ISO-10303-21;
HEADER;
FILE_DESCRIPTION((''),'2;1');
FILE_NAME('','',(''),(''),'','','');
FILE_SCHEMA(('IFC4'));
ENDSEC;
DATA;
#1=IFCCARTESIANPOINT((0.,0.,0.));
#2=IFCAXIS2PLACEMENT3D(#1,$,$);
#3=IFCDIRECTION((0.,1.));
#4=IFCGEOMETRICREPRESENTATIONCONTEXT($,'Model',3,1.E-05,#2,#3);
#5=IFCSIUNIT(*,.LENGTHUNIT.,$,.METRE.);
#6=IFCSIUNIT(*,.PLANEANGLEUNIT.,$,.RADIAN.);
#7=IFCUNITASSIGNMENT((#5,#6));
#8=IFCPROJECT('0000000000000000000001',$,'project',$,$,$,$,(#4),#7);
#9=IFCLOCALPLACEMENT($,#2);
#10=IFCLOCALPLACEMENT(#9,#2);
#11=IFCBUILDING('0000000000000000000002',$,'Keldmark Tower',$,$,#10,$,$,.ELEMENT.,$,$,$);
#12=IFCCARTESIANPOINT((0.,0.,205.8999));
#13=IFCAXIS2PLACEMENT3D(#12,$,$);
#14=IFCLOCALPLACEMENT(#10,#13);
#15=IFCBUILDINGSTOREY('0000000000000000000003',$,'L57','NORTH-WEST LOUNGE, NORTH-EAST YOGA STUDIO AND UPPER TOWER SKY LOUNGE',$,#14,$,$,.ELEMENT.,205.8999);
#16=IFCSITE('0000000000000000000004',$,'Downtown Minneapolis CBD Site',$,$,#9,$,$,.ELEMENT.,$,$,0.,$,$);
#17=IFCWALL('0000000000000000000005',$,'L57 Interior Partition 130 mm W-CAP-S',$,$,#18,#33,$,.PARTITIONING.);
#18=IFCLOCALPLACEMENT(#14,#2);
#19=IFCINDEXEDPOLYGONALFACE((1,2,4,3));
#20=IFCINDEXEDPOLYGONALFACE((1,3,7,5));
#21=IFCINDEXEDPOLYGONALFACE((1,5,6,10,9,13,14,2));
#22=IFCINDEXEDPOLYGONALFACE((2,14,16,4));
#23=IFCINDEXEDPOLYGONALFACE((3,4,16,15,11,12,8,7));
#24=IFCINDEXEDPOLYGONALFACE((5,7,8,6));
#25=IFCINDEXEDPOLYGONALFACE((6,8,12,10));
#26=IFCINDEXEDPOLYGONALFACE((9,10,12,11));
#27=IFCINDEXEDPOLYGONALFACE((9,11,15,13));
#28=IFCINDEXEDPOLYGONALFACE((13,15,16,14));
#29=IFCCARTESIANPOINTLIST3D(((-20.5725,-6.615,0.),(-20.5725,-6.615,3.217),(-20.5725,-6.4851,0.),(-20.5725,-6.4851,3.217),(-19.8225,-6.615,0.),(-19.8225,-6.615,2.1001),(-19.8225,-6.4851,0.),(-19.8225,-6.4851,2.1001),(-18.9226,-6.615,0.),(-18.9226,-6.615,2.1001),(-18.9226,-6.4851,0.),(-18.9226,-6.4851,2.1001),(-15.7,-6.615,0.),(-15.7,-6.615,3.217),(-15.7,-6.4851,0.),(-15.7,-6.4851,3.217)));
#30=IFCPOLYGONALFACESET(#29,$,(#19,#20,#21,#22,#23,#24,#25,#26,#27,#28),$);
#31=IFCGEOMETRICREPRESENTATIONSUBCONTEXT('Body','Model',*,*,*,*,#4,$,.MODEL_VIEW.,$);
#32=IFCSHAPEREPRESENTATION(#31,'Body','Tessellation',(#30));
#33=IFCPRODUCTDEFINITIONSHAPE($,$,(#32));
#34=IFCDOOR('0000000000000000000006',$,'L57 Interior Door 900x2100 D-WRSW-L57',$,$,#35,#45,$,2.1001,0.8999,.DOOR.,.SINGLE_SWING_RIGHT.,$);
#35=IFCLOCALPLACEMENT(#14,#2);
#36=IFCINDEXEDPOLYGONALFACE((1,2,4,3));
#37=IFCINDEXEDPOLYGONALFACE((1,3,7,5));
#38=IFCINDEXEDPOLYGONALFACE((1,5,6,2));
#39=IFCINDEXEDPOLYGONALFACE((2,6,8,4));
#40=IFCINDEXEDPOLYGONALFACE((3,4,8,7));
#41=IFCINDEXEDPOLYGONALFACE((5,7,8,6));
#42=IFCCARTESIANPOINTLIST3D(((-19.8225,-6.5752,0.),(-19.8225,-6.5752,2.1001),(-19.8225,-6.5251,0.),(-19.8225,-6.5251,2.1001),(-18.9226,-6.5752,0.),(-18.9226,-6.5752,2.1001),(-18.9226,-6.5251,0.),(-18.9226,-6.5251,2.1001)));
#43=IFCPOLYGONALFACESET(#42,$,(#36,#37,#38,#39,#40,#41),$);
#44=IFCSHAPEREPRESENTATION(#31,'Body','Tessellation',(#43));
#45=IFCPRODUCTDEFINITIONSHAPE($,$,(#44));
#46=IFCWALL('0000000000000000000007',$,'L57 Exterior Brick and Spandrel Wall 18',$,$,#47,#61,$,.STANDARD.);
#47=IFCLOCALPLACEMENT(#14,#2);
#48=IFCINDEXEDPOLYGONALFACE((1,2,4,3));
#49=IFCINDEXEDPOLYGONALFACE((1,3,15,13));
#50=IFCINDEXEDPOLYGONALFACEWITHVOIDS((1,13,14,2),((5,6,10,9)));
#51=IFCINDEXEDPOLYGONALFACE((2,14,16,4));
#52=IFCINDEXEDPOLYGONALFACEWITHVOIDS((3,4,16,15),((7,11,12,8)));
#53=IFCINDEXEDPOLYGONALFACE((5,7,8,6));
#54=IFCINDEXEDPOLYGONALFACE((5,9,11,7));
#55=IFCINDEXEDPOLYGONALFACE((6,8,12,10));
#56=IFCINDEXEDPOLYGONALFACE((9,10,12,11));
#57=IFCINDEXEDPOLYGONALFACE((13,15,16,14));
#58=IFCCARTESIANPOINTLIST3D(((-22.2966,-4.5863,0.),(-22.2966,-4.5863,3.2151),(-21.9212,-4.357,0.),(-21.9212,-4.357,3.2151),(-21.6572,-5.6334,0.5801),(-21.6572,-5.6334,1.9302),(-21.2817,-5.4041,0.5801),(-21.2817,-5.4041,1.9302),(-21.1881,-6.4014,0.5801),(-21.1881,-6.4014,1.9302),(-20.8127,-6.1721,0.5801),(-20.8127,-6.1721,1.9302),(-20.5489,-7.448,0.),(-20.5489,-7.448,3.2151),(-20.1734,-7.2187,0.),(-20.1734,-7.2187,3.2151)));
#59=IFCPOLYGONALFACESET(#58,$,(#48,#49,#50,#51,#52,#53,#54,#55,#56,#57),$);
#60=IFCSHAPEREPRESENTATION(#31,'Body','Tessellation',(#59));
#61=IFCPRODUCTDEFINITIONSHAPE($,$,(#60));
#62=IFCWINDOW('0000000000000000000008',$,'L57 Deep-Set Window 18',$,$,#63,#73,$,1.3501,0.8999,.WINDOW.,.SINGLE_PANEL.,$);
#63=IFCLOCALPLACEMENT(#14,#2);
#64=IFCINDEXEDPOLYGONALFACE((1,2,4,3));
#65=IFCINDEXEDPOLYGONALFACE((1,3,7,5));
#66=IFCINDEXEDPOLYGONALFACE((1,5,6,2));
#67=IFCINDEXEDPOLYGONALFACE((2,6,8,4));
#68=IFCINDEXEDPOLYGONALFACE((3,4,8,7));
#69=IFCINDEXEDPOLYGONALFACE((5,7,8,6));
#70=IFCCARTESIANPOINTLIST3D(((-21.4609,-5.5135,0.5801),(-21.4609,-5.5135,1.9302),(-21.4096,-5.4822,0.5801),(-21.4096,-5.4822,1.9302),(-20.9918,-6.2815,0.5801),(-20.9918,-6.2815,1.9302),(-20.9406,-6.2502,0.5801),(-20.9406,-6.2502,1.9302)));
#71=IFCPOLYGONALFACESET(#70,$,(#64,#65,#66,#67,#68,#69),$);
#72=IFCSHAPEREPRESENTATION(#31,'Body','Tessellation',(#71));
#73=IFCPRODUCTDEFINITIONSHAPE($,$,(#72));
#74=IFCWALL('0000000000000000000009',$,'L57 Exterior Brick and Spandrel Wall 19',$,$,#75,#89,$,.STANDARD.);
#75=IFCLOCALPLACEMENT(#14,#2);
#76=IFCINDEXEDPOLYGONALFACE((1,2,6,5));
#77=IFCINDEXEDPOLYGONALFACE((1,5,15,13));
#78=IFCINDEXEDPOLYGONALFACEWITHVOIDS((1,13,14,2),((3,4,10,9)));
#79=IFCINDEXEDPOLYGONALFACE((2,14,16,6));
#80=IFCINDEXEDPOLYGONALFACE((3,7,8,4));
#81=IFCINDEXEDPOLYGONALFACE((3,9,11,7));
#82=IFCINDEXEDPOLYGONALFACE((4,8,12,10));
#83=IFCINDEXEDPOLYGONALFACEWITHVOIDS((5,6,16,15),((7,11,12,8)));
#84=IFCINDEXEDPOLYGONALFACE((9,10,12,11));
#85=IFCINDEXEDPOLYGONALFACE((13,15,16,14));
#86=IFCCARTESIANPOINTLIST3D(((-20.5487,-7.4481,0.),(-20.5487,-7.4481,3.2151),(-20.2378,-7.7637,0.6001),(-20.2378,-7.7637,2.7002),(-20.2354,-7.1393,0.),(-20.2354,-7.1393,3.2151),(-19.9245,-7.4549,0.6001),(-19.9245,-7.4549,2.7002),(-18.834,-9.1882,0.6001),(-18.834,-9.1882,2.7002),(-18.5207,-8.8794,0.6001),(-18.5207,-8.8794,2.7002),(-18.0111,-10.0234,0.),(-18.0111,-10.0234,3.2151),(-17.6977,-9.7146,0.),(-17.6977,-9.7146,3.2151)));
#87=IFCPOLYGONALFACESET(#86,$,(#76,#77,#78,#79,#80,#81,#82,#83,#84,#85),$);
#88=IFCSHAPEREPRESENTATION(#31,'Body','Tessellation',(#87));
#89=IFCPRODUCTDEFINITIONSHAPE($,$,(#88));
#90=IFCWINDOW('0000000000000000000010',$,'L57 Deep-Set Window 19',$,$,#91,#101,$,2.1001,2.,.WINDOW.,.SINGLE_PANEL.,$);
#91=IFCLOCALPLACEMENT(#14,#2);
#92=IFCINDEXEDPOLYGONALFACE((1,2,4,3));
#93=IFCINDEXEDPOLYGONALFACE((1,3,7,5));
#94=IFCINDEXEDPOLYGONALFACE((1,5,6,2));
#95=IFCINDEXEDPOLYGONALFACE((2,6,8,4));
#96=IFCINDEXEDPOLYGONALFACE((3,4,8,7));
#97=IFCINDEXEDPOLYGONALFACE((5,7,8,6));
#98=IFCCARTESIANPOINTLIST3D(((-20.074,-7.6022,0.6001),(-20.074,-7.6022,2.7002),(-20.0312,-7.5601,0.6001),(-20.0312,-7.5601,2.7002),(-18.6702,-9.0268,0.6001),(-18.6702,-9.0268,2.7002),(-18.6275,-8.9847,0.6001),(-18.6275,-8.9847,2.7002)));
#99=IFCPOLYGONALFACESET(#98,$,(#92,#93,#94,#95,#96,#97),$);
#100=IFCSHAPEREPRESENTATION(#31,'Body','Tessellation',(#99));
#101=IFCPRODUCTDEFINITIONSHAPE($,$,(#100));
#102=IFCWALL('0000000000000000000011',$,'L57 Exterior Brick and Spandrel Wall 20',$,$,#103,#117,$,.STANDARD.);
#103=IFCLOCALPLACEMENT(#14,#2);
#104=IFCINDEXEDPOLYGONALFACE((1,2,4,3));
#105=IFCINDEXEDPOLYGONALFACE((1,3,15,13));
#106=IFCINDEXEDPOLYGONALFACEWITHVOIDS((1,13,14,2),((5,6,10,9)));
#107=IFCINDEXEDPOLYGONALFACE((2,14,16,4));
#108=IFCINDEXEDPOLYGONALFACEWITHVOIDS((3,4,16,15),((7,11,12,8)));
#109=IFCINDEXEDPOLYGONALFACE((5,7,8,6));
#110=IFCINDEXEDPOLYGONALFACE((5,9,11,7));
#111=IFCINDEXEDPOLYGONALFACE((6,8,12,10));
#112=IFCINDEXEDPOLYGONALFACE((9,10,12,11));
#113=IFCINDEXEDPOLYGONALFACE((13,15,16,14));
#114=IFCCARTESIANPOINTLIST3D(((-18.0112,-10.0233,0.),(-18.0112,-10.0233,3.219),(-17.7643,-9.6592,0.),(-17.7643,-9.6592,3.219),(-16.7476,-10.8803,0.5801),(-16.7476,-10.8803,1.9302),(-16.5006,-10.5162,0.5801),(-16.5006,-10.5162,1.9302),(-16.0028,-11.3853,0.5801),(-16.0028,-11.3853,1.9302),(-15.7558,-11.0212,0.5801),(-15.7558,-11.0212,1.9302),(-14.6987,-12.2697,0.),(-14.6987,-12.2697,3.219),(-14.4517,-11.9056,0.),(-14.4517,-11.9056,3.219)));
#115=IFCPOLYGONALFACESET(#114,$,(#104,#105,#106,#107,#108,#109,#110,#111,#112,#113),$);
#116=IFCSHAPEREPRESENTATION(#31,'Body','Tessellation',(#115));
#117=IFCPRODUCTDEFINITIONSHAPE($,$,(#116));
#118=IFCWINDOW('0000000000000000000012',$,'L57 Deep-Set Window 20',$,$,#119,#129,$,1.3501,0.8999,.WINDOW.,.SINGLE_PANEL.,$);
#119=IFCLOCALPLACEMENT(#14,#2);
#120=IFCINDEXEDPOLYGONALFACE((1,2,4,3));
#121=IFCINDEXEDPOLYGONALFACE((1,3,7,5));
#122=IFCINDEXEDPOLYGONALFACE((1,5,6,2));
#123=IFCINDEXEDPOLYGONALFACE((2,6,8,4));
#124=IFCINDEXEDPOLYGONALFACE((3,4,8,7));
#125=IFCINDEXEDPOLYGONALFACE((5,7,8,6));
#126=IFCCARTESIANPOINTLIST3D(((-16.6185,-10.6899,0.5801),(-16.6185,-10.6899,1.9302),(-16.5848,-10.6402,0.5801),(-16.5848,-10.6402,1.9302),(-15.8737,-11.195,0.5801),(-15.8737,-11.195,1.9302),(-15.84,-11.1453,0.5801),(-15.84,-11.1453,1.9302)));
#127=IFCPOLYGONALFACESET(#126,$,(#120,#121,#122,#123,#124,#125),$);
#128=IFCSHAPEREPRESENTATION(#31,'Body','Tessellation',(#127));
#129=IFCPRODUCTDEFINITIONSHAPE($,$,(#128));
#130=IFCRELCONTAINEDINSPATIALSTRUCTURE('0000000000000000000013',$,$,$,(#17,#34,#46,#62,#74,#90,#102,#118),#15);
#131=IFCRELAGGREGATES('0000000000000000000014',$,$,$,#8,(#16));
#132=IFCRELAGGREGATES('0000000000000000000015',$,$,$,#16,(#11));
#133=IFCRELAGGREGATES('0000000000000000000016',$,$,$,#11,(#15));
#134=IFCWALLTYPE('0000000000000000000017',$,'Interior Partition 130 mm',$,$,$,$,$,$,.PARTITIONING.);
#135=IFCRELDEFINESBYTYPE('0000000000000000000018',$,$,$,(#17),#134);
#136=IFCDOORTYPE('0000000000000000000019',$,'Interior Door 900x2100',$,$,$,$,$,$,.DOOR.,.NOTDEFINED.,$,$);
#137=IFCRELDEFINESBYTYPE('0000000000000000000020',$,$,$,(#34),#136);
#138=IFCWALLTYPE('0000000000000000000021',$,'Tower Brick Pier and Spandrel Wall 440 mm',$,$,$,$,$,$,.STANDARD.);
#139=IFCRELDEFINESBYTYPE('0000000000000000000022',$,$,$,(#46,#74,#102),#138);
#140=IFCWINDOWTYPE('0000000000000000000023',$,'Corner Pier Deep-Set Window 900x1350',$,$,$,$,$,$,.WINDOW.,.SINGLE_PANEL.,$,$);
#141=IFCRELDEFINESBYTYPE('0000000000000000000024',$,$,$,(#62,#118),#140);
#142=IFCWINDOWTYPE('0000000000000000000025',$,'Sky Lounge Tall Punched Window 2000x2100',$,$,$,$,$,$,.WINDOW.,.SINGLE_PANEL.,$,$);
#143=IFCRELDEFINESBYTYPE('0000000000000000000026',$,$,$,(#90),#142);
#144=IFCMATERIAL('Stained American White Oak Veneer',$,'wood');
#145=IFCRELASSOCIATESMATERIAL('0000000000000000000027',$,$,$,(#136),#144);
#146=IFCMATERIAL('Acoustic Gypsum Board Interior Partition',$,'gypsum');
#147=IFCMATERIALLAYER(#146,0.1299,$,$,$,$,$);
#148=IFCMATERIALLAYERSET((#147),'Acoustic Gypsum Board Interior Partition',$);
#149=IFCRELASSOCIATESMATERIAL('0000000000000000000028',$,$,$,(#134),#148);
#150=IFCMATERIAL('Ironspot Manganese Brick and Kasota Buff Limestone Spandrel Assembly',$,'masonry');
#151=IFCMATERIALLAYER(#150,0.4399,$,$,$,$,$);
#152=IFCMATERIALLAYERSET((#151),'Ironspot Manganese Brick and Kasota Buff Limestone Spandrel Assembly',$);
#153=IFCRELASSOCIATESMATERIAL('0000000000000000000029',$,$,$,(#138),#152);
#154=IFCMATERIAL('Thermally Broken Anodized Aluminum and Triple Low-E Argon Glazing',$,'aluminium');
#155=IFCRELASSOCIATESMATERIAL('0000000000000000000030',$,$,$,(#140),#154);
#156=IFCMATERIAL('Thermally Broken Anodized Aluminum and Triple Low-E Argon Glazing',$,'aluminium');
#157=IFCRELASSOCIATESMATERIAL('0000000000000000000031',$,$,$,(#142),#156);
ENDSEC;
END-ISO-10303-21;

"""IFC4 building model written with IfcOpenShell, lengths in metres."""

from ifc_helpers import new_model, si_unit, direction, frame, frame_2d, origin, place, context, subcontext, project, spatial, rectangle, extrude, material, layer, layer_set, type_object, element, fill, save


model = new_model("IFC4")

# Units and contexts
model_context = context("Model", 3, precision=1e-05, world=origin(), true_north=direction((0.0, 1.0)))
body_context = subcontext(model_context, "Body", "Model", "MODEL_VIEW")
ifc_project = project(units=[si_unit("LENGTHUNIT", "METRE"), si_unit("PLANEANGLEUNIT", "RADIAN")], contexts=[model_context])

# Site, building, storey
site_placement = place(None, origin())
site = spatial("IfcSite", under=ifc_project, at=site_placement, Name="Downtown Minneapolis CBD Site", CompositionType="ELEMENT", RefElevation=0.0)
building_placement = place(site_placement, origin())
building = spatial("IfcBuilding", under=site, at=building_placement, Name="Keldmark Tower", CompositionType="ELEMENT")
storey_placement = place(building_placement, frame((0.0, 0.0, 205.8999)))
storey = spatial("IfcBuildingStorey", under=building, at=storey_placement, Name="L57", Description="NORTH-WEST LOUNGE, NORTH-EAST YOGA STUDIO AND UPPER TOWER SKY LOUNGE", CompositionType="ELEMENT", Elevation=205.8999)

# Shared definitions
ifc_material_1 = material(Name="Stained American White Oak Veneer", Category="wood")
door_type = type_object("IfcDoorType", Name="Interior Door 900x2100", OperationType="NOTDEFINED", PredefinedType="DOOR", material=ifc_material_1)

# Wall, opening, door
ifc_material_2 = material(Name="Acoustic Gypsum Board Interior Partition", Category="gypsum")
ifc_layer_1 = layer(ifc_material_2, 0.1299)
ifc_layer_set_1 = layer_set([ifc_layer_1], Name="Acoustic Gypsum Board Interior Partition")
wall_type_1 = type_object("IfcWallType", Name="Interior Partition 130 mm", PredefinedType="PARTITIONING", material=ifc_layer_set_1)
wall_1_placement = place(storey_placement, frame((-20.5725, -6.55, 0.0), z_axis=(0.0, 0.0, 1.0), x_axis=(1.0, 0.0, 0.0)))
wall_1 = element("IfcWall", 1, at=wall_1_placement, inside=storey, type_object=wall_type_1, Name="L57 Interior Partition 130 mm W-CAP-S", PredefinedType="PARTITIONING", context=body_context, shape_type="SweptSolid", body=[
    extrude(rectangle(XDim=4.8726, YDim=0.1299, at=frame_2d((2.4363, 0.0))), origin(), (0.0, 0.0, 1.0), 3.217),
])
opening_1_placement = place(wall_1_placement, frame((0.75, 0.0, 0.0)))
opening_1 = element("IfcOpeningElement", 2, at=opening_1_placement, cuts=wall_1, PredefinedType="OPENING", context=body_context, shape_type="SweptSolid", body=[
    extrude(rectangle(XDim=0.8999, YDim=2.1001, at=frame_2d((0.45, 1.05))), frame((0.0, 0.075, 0.0), z_axis=(0.0, -1.0, 0.0), x_axis=(1.0, 0.0, 0.0)), (0.0, 0.0, 1.0), 0.1499),
])
door_1_placement = place(opening_1_placement, origin())
door_1 = element("IfcDoor", 3, at=door_1_placement, inside=storey, type_object=door_type, Name="L57 Interior Door 900x2100 D-WRSW-L57", OperationType="SINGLE_SWING_RIGHT", OverallHeight=2.1001, OverallWidth=0.8999, PredefinedType="DOOR", context=body_context, shape_type="SweptSolid", body=[
    extrude(rectangle(XDim=0.8999, YDim=2.1001, at=frame_2d((0.45, 1.05))), frame((0.0, 0.0249, 0.0), z_axis=(0.0, -1.0, 0.0), x_axis=(1.0, 0.0, 0.0)), (0.0, 0.0, 1.0), 0.05),
])
fill(opening_1, door_1)

# Walls, openings, windows
ifc_material_3 = material(Name="Ironspot Manganese Brick and Kasota Buff Limestone Spandrel Assembly", Category="masonry")
ifc_layer_2 = layer(ifc_material_3, 0.4399)
ifc_layer_set_2 = layer_set([ifc_layer_2], Name="Ironspot Manganese Brick and Kasota Buff Limestone Spandrel Assembly")
wall_type_2 = type_object("IfcWallType", Name="Tower Brick Pier and Spandrel Wall 440 mm", PredefinedType="STANDARD", material=ifc_layer_set_2)
wall_2_placement = place(storey_placement, frame((-20.3611, -7.3335, 0.0), z_axis=(0.0, 0.0, 1.0), x_axis=(-0.521214, 0.853426, 0.0)))
wall_2 = element("IfcWall", 4, at=wall_2_placement, inside=storey, type_object=wall_type_2, Name="L57 Exterior Brick and Spandrel Wall 18", PredefinedType="STANDARD", context=body_context, shape_type="SweptSolid", body=[
    extrude(rectangle(XDim=3.3533, YDim=0.4399, at=frame_2d((1.6768, 0.0))), origin(), (0.0, 0.0, 1.0), 3.2151),
])
opening_2_placement = place(wall_2_placement, frame((1.2266, 0.0, 0.5801)))
opening_2 = element("IfcOpeningElement", 5, at=opening_2_placement, cuts=wall_2, PredefinedType="OPENING", context=body_context, shape_type="SweptSolid", body=[
    extrude(rectangle(XDim=0.8999, YDim=1.3501, at=frame_2d((0.45, 0.675))), frame((0.0, 0.23, 0.0), z_axis=(0.0, -1.0, 0.0), x_axis=(1.0, 0.0, 0.0)), (0.0, 0.0, 1.0), 0.46),
])
ifc_material_4 = material(Name="Thermally Broken Anodized Aluminum and Triple Low-E Argon Glazing", Category="aluminium")
window_type_1 = type_object("IfcWindowType", Name="Corner Pier Deep-Set Window 900x1350", PartitioningType="SINGLE_PANEL", PredefinedType="WINDOW", material=ifc_material_4)
window_1_placement = place(opening_2_placement, origin())
window_1 = element("IfcWindow", 6, at=window_1_placement, inside=storey, type_object=window_type_1, Name="L57 Deep-Set Window 18", OverallHeight=1.3501, OverallWidth=0.8999, PartitioningType="SINGLE_PANEL", PredefinedType="WINDOW", context=body_context, shape_type="SweptSolid", body=[
    extrude(rectangle(XDim=0.8999, YDim=1.3501, at=frame_2d((0.45, 0.675))), frame((0.0, -0.01, 0.0), z_axis=(0.0, -1.0, 0.0), x_axis=(1.0, 0.0, 0.0)), (0.0, 0.0, 1.0), 0.0601),
])
fill(opening_2, window_1)
wall_3_placement = place(storey_placement, frame((-17.8545, -9.8689, 0.0), z_axis=(0.0, 0.0, 1.0), x_axis=(-0.701888, 0.712287, 0.0)))
wall_3 = element("IfcWall", 7, at=wall_3_placement, inside=storey, type_object=wall_type_2, Name="L57 Exterior Brick and Spandrel Wall 19", PredefinedType="STANDARD", context=body_context, shape_type="SweptSolid", body=[
    extrude(rectangle(XDim=3.6155, YDim=0.4399, at=frame_2d((1.8076, 0.0))), origin(), (0.0, 0.0, 1.0), 3.2151),
])
opening_3_placement = place(wall_3_placement, frame((1.1724, 0.0, 0.6001)))
opening_3 = element("IfcOpeningElement", 8, at=opening_3_placement, cuts=wall_3, PredefinedType="OPENING", context=body_context, shape_type="SweptSolid", body=[
    extrude(rectangle(XDim=2.0, YDim=2.1001, at=frame_2d((1.0, 1.05))), frame((0.0, 0.23, 0.0), z_axis=(0.0, -1.0, 0.0), x_axis=(1.0, 0.0, 0.0)), (0.0, 0.0, 1.0), 0.46),
])
ifc_material_5 = material(Name="Thermally Broken Anodized Aluminum and Triple Low-E Argon Glazing", Category="aluminium")
window_type_2 = type_object("IfcWindowType", Name="Sky Lounge Tall Punched Window 2000x2100", PartitioningType="SINGLE_PANEL", PredefinedType="WINDOW", material=ifc_material_5)
window_2_placement = place(opening_3_placement, origin())
window_2 = element("IfcWindow", 9, at=window_2_placement, inside=storey, type_object=window_type_2, Name="L57 Deep-Set Window 19", OverallHeight=2.1001, OverallWidth=2.0, PartitioningType="SINGLE_PANEL", PredefinedType="WINDOW", context=body_context, shape_type="SweptSolid", body=[
    extrude(rectangle(XDim=2.0, YDim=2.1001, at=frame_2d((1.0, 1.05))), frame((0.0, -0.01, 0.0), z_axis=(0.0, -1.0, 0.0), x_axis=(1.0, 0.0, 0.0)), (0.0, 0.0, 1.0), 0.0601),
])
fill(opening_3, window_2)
wall_4_placement = place(storey_placement, frame((-14.5752, -12.0876, 0.0), z_axis=(0.0, 0.0, 1.0), x_axis=(-0.827642, 0.561257, 0.0)))
wall_4 = element("IfcWall", 10, at=wall_4_placement, inside=storey, type_object=wall_type_2, Name="L57 Exterior Brick and Spandrel Wall 20", PredefinedType="STANDARD", context=body_context, shape_type="SweptSolid", body=[
    extrude(rectangle(XDim=4.0024, YDim=0.4399, at=frame_2d((2.0012, 0.0))), origin(), (0.0, 0.0, 1.0), 3.219),
])
opening_4_placement = place(wall_4_placement, frame((1.5757, 0.0, 0.5801)))
opening_4 = element("IfcOpeningElement", 11, at=opening_4_placement, cuts=wall_4, PredefinedType="OPENING", context=body_context, shape_type="SweptSolid", body=[
    extrude(rectangle(XDim=0.8999, YDim=1.3501, at=frame_2d((0.45, 0.675))), frame((0.0, 0.23, 0.0), z_axis=(0.0, -1.0, 0.0), x_axis=(1.0, 0.0, 0.0)), (0.0, 0.0, 1.0), 0.46),
])
window_3_placement = place(opening_4_placement, origin())
window_3 = element("IfcWindow", 12, at=window_3_placement, inside=storey, type_object=window_type_1, Name="L57 Deep-Set Window 20", OverallHeight=1.3501, OverallWidth=0.8999, PartitioningType="SINGLE_PANEL", PredefinedType="WINDOW", context=body_context, shape_type="SweptSolid", body=[
    extrude(rectangle(XDim=0.8999, YDim=1.3501, at=frame_2d((0.45, 0.675))), frame((0.0, -0.01, 0.0), z_axis=(0.0, -1.0, 0.0), x_axis=(1.0, 0.0, 0.0)), (0.0, 0.0, 1.0), 0.0601),
])
fill(opening_4, window_3)

save(model, "model.ifc")
